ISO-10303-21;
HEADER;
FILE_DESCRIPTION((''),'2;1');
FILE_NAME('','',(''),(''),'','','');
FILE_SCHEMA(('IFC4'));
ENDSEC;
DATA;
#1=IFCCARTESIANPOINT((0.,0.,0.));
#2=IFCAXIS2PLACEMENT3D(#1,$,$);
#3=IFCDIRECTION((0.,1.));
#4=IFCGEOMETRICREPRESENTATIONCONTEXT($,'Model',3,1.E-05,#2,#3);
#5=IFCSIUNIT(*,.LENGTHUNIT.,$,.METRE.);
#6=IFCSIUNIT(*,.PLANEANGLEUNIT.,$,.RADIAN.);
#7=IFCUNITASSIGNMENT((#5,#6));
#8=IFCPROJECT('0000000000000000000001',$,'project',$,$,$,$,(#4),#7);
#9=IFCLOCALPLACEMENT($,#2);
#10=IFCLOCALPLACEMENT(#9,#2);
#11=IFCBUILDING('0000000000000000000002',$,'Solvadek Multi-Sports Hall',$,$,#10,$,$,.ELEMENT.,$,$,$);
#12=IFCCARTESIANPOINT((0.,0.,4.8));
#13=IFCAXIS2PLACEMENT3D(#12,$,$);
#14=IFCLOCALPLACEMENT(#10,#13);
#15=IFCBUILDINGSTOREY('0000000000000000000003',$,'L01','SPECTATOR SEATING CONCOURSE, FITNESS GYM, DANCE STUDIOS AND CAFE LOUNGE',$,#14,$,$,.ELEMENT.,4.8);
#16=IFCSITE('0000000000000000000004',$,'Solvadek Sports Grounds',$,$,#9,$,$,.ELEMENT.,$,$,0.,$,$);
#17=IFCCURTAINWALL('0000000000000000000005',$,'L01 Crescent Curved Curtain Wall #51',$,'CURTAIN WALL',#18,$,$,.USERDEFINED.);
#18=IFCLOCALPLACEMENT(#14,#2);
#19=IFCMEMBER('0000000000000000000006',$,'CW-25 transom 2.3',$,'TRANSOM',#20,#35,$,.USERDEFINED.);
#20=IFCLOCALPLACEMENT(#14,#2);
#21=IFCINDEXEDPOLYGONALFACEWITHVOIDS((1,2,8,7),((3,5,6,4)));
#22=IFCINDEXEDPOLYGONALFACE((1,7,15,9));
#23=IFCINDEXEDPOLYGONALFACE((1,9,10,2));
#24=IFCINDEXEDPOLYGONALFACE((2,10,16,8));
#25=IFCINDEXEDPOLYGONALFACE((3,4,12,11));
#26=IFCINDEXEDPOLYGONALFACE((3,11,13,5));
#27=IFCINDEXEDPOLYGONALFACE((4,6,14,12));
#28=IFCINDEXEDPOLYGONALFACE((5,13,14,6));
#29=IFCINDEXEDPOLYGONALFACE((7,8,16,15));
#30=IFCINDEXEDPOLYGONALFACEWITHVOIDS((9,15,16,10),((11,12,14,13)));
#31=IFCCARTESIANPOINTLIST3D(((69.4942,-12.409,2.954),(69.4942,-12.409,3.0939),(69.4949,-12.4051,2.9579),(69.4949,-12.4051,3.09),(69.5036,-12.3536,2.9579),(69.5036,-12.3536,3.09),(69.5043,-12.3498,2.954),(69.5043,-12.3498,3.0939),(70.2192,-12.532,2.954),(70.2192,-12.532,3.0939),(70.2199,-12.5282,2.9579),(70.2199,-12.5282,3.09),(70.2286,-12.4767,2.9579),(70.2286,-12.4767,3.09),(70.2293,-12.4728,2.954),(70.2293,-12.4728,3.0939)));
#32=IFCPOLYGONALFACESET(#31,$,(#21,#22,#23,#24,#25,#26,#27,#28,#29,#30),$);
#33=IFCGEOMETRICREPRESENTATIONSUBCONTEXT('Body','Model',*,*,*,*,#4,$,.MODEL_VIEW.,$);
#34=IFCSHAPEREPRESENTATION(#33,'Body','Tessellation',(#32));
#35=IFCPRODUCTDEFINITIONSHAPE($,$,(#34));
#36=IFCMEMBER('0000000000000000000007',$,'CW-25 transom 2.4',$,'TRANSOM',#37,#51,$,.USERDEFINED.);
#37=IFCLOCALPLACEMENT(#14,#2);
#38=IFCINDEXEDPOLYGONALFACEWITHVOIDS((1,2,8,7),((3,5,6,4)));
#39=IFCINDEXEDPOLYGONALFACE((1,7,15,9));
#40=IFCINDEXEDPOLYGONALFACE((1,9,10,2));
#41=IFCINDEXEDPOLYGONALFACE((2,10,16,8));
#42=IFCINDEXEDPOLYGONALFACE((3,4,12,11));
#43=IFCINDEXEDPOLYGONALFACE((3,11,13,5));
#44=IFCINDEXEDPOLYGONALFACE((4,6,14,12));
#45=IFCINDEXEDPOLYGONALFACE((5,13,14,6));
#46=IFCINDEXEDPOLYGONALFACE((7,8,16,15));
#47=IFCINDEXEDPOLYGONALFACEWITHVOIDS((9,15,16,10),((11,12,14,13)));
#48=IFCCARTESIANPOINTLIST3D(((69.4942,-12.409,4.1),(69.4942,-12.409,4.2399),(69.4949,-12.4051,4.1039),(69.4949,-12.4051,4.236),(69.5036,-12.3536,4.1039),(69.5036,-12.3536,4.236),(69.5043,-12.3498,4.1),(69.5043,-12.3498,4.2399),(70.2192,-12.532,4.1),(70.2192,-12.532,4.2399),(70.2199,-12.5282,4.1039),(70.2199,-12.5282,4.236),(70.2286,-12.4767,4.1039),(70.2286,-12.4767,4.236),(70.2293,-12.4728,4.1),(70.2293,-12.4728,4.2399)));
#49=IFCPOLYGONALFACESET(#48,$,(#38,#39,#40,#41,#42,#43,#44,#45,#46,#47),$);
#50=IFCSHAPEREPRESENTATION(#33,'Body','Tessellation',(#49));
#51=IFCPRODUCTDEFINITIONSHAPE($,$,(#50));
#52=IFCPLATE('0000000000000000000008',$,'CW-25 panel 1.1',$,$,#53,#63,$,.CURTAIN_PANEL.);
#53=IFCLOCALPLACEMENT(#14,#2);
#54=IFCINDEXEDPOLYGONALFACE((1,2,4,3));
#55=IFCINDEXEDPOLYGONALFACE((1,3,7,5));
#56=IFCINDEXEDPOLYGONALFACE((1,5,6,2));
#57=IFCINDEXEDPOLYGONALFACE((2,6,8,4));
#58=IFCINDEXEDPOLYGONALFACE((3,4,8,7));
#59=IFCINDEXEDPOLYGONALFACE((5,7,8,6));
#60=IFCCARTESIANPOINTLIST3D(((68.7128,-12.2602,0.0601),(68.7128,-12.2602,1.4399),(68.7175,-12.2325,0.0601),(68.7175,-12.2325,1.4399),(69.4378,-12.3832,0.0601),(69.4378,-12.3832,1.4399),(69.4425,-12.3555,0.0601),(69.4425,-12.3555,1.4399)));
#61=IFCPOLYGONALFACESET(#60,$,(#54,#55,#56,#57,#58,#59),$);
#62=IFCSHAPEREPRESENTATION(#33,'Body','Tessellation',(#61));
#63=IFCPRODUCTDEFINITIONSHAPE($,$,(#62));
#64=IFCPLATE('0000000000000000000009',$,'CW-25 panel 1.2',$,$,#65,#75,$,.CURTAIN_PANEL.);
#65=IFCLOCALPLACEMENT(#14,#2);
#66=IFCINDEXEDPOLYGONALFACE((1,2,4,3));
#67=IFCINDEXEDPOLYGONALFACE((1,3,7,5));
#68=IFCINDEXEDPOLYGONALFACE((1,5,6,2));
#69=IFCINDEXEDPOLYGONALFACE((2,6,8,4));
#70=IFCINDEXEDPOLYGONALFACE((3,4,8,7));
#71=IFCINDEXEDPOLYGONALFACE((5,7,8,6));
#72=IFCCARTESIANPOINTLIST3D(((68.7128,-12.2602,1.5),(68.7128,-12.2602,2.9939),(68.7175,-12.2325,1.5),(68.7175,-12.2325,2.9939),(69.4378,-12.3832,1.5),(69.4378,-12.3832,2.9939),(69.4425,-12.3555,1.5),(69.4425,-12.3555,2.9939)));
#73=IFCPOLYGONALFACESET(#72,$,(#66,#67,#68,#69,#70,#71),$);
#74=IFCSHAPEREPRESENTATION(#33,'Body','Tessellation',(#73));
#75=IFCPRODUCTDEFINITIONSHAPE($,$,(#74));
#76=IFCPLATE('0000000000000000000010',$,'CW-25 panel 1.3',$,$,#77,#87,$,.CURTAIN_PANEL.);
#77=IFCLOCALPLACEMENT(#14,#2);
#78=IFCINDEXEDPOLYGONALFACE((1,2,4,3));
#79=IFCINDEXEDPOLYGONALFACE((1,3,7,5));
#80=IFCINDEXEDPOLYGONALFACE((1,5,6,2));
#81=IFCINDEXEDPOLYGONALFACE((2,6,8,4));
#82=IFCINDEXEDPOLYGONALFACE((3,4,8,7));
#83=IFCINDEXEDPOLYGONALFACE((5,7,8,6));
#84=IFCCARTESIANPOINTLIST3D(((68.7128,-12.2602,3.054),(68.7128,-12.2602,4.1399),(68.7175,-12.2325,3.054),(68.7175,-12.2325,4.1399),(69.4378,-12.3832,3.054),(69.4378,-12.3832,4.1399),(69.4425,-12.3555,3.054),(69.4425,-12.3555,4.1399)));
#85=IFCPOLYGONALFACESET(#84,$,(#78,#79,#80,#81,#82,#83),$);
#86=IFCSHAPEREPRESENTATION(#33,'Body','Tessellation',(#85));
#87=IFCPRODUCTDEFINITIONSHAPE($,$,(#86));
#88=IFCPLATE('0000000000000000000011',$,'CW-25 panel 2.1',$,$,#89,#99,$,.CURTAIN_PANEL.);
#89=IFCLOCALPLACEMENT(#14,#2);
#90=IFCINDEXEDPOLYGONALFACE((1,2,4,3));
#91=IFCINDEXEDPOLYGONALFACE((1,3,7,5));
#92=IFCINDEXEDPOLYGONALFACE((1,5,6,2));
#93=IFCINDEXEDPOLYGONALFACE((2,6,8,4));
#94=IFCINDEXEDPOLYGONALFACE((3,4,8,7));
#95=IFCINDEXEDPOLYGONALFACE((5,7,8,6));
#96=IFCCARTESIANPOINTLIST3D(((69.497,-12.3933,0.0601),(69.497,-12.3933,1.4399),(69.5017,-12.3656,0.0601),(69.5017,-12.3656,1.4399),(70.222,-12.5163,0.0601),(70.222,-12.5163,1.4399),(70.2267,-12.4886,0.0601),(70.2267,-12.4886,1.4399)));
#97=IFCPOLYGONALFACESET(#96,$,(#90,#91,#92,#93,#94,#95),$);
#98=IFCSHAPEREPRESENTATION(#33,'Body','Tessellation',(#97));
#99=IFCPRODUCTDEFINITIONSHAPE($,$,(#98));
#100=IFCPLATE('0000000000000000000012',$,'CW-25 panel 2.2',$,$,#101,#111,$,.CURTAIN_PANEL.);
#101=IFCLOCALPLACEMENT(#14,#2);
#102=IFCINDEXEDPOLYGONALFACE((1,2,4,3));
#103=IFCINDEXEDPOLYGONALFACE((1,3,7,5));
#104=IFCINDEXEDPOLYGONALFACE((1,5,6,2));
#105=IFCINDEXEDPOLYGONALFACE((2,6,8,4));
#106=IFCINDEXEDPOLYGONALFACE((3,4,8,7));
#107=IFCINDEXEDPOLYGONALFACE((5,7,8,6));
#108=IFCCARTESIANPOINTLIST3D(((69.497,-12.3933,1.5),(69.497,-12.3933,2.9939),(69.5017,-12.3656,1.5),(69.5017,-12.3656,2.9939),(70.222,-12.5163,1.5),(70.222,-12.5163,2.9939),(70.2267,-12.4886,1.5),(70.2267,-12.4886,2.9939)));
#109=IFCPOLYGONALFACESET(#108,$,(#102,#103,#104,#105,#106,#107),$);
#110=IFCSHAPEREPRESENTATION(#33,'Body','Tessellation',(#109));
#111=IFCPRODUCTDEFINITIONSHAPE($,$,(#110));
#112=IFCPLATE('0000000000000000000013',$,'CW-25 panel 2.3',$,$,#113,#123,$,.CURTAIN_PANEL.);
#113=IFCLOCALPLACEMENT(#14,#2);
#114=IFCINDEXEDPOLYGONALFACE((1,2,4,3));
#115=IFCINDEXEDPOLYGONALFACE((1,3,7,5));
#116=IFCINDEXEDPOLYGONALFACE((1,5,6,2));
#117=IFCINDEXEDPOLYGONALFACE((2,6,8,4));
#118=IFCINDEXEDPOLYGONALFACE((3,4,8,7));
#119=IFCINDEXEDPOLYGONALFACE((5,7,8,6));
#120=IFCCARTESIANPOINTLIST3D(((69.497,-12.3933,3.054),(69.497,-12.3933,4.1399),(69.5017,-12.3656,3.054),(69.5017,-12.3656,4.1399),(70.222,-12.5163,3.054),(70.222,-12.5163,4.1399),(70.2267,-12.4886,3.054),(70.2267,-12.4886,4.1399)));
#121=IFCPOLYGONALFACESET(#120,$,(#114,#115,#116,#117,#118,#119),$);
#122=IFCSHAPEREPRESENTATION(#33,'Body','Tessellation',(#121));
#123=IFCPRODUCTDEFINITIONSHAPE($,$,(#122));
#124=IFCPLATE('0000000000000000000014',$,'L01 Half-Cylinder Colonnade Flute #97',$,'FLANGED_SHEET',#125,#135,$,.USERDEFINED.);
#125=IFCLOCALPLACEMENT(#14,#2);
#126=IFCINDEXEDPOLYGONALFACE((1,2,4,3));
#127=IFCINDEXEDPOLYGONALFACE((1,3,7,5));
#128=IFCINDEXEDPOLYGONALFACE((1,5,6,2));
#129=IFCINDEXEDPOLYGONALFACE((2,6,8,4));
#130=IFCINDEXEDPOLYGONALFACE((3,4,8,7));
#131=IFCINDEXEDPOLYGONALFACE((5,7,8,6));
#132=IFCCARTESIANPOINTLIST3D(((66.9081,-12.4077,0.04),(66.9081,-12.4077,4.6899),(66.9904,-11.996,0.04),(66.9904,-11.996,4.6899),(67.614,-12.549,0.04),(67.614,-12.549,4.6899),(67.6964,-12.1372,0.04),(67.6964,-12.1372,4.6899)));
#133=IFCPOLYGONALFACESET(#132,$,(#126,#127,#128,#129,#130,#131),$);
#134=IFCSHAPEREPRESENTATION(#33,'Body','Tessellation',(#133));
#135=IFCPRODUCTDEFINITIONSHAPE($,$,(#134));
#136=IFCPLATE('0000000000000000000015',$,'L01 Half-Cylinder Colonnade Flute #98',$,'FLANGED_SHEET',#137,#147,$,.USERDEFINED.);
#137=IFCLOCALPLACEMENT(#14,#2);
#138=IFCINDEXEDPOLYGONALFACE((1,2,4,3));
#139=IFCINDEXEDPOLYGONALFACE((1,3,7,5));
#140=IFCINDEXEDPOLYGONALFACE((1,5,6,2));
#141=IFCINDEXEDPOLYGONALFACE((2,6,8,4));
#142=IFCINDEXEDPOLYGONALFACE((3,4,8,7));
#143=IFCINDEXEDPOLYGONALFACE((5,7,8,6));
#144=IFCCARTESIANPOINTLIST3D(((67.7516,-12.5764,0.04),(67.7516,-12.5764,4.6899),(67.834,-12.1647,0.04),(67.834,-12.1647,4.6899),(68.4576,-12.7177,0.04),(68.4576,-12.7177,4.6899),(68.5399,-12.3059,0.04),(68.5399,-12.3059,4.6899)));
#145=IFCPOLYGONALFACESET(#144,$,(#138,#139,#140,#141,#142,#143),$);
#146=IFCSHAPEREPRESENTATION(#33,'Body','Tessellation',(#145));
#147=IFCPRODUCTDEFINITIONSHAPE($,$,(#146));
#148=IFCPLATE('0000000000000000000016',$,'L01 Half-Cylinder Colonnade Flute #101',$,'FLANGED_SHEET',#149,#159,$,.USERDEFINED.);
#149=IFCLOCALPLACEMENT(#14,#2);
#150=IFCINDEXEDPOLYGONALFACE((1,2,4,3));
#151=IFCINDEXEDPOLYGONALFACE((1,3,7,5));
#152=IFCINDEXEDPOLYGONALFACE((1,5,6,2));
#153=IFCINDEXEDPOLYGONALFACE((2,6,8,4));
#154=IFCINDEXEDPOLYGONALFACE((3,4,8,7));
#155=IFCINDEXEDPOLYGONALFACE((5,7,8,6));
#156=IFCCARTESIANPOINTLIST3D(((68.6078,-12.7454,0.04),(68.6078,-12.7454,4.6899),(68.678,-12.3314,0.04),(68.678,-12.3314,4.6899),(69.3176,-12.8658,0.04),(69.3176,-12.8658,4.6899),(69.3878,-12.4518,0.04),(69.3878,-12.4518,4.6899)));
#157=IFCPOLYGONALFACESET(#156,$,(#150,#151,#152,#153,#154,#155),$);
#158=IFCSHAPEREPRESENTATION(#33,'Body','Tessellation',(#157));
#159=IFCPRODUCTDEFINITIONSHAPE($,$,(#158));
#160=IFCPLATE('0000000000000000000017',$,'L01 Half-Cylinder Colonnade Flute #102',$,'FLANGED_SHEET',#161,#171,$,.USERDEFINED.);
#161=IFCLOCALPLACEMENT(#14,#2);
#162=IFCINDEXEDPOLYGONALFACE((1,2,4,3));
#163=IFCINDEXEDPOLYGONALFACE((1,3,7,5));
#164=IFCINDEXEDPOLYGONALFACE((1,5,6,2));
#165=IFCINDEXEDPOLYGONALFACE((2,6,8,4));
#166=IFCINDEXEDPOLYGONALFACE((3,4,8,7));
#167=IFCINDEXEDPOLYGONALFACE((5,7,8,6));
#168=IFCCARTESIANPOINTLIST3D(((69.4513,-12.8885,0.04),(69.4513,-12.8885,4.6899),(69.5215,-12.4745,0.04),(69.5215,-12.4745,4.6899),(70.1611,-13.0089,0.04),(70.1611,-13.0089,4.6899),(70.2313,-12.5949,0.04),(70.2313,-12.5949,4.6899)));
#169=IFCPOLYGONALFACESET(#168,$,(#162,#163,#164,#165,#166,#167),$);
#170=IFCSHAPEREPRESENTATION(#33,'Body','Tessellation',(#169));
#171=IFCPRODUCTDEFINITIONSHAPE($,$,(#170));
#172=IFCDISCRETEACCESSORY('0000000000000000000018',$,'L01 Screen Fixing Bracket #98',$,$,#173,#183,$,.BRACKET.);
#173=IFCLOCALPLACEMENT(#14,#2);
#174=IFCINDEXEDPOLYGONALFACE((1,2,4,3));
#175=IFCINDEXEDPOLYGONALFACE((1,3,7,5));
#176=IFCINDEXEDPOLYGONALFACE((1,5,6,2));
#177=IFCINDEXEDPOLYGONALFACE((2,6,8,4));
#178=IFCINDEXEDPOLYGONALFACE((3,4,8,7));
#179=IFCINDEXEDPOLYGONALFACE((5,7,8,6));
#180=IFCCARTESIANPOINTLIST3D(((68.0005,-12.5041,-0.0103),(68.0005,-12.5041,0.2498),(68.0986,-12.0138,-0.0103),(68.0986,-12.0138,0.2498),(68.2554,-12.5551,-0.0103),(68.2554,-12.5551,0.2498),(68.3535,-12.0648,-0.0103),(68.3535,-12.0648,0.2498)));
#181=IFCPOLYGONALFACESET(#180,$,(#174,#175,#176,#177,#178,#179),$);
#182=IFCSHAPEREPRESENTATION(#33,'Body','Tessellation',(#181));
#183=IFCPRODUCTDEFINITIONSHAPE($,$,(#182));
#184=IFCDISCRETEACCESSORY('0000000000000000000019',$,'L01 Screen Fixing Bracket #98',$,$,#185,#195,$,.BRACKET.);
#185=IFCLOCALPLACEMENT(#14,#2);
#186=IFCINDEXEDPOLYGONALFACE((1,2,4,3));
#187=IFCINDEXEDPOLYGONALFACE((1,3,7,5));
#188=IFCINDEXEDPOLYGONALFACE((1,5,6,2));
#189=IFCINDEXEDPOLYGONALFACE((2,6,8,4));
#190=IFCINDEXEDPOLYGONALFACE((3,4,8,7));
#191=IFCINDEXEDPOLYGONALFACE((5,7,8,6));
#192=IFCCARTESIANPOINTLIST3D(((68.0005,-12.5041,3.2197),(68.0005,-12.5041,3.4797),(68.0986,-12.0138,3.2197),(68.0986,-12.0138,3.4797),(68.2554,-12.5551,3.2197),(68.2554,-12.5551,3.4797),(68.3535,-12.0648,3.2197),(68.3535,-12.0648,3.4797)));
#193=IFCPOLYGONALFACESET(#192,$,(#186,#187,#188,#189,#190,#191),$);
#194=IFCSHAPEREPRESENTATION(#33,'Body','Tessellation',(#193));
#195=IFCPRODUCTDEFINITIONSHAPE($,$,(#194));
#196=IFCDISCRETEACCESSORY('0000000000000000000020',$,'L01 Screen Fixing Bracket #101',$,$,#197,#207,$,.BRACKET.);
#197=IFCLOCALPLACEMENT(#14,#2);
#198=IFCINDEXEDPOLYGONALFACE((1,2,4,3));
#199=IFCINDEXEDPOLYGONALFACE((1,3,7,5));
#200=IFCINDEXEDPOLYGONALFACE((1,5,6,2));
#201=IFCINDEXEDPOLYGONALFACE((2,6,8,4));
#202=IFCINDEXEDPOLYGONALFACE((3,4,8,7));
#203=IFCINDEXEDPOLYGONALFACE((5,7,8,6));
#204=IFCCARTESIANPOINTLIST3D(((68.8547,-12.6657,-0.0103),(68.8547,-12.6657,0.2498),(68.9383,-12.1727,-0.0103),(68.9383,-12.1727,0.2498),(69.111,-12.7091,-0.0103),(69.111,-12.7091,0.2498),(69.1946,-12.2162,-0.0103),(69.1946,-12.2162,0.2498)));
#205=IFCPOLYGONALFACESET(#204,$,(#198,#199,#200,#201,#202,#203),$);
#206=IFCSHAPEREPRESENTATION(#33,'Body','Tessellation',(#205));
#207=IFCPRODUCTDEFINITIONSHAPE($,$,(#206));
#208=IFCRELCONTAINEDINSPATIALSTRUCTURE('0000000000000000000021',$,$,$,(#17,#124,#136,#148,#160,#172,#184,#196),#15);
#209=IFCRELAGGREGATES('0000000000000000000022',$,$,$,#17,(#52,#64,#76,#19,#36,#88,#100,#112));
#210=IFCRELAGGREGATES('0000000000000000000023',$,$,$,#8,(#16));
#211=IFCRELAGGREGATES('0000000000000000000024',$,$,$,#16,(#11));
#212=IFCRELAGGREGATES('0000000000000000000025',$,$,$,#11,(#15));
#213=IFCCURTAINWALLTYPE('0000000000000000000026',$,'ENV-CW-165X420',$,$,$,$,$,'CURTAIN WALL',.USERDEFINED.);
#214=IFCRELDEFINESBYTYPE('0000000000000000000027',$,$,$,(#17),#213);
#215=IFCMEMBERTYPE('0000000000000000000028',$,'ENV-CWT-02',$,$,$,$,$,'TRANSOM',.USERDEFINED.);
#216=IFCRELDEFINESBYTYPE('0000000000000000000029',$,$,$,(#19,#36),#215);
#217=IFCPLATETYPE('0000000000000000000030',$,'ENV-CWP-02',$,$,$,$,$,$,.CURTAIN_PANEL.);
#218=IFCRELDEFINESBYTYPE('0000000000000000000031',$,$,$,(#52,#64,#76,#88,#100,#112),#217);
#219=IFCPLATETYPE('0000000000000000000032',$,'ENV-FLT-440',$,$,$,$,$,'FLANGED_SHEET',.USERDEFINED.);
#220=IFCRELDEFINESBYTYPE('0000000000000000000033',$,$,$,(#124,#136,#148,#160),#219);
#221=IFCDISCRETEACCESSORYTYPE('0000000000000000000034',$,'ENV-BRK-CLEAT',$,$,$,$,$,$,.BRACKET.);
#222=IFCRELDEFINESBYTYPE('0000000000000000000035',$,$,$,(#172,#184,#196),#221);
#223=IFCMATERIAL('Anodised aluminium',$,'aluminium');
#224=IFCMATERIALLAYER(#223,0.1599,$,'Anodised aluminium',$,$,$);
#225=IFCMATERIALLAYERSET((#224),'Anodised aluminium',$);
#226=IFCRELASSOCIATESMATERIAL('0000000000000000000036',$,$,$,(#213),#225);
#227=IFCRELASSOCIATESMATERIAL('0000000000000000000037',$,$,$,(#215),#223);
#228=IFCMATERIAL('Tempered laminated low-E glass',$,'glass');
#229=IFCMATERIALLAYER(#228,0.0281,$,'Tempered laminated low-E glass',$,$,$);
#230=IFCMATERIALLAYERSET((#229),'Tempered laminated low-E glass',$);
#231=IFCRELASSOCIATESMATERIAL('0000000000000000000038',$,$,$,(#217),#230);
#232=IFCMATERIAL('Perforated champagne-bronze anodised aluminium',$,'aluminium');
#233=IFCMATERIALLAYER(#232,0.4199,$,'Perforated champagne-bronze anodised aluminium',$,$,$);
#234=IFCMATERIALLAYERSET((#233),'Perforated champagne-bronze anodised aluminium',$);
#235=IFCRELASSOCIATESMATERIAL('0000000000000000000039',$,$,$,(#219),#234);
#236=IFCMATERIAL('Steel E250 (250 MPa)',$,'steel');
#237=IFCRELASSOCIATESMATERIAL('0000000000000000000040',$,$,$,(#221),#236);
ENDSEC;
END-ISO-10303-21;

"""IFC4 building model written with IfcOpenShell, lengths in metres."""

from ifc_helpers import new_model, si_unit, direction, frame, origin, origin_2d, place, context, subcontext, project, spatial, rectangle, hollow_rectangle, extrude, material, layer, layer_set, material_profile, profile_set, type_object, element, aggregate, save


model = new_model("IFC4")

# Units and contexts
model_context = context("Model", 3, precision=1e-05, world=origin(), true_north=direction((0.0, 1.0)))
body_context = subcontext(model_context, "Body", "Model", "MODEL_VIEW")
ifc_project = project(units=[si_unit("LENGTHUNIT", "METRE"), si_unit("PLANEANGLEUNIT", "RADIAN")], contexts=[model_context])

# Site, building, storey
site_placement = place(None, origin())
site = spatial("IfcSite", under=ifc_project, at=site_placement, Name="Solvadek Sports Grounds", CompositionType="ELEMENT", RefElevation=0.0)
building_placement = place(site_placement, origin())
building = spatial("IfcBuilding", under=site, at=building_placement, Name="Solvadek Multi-Sports Hall", CompositionType="ELEMENT")
storey_placement = place(building_placement, frame((0.0, 0.0, 4.8)))
storey = spatial("IfcBuildingStorey", under=building, at=storey_placement, Name="L01", Description="SPECTATOR SEATING CONCOURSE, FITNESS GYM, DANCE STUDIOS AND CAFE LOUNGE", CompositionType="ELEMENT", Elevation=4.8)

# Curtain wall
ifc_material_1 = material(Name="Anodised aluminium", Category="aluminium")
ifc_layer_1 = layer(ifc_material_1, 0.1599, Name="Anodised aluminium")
ifc_layer_set_1 = layer_set([ifc_layer_1], Name="Anodised aluminium")
curtain_wall_type_1 = type_object("IfcCurtainWallType", Name="ENV-CW-165X420", ElementType="CURTAIN WALL", PredefinedType="USERDEFINED", material=ifc_layer_set_1)
curtain_wall_1_placement = place(storey_placement, origin())
curtain_wall_1 = element("IfcCurtainWall", 1, at=curtain_wall_1_placement, inside=storey, type_object=curtain_wall_type_1, Name="L01 Crescent Curved Curtain Wall #51", ObjectType="CURTAIN WALL", PredefinedType="USERDEFINED")

# Members
ifc_material_profile_1 = material_profile(ifc_material_1, hollow_rectangle(XDim=0.0601, YDim=0.1399, WallThickness=0.0039, at=origin_2d()), Name="ALU-T 140x60x4")
ifc_profile_set_1 = profile_set([ifc_material_profile_1], Name="Anodised aluminium")
member_type_1 = type_object("IfcMemberType", Name="ENV-CWT-02", ElementType="TRANSOM", PredefinedType="USERDEFINED", material=ifc_profile_set_1)
member_1_placement = place(storey_placement, frame((69.4993, -12.3794, 3.0239), z_axis=(0.985905, -0.167305, 0.0), x_axis=(0.167305, 0.985905, 0.0)))
member_1 = element("IfcMember", 2, at=member_1_placement, type_object=member_type_1, Name="CW-25 transom 2.3", ObjectType="TRANSOM", PredefinedType="USERDEFINED", context=body_context, shape_type="SweptSolid", body=[
    extrude(hollow_rectangle(XDim=0.0601, YDim=0.1399, WallThickness=0.0039, at=origin_2d()), origin(), (0.0, 0.0, 1.0), 0.7354),
])
member_2_placement = place(storey_placement, frame((69.4993, -12.3794, 4.1699), z_axis=(0.985905, -0.167305, 0.0), x_axis=(0.167305, 0.985905, 0.0)))
member_2 = element("IfcMember", 3, at=member_2_placement, type_object=member_type_1, Name="CW-25 transom 2.4", ObjectType="TRANSOM", PredefinedType="USERDEFINED", context=body_context, shape_type="SweptSolid", body=[
    extrude(hollow_rectangle(XDim=0.0601, YDim=0.1399, WallThickness=0.0039, at=origin_2d()), origin(), (0.0, 0.0, 1.0), 0.7354),
])

# Plates
ifc_material_2 = material(Name="Tempered laminated low-E glass", Category="glass")
ifc_layer_2 = layer(ifc_material_2, 0.0281, Name="Tempered laminated low-E glass")
ifc_layer_set_2 = layer_set([ifc_layer_2], Name="Tempered laminated low-E glass")
plate_type_1 = type_object("IfcPlateType", Name="ENV-CWP-02", PredefinedType="CURTAIN_PANEL", material=ifc_layer_set_2)
plate_1_placement = place(storey_placement, frame((69.0776, -12.3079, 0.0601), z_axis=(0.0, 0.0, 1.0), x_axis=(0.985915, -0.167247, 0.0)))
plate_1 = element("IfcPlate", 4, at=plate_1_placement, type_object=plate_type_1, Name="CW-25 panel 1.1", PredefinedType="CURTAIN_PANEL", context=body_context, shape_type="SweptSolid", body=[
    extrude(rectangle(XDim=0.7354, YDim=0.0281, at=origin_2d()), origin(), (0.0, 0.0, 1.0), 1.3799),
])
plate_2_placement = place(storey_placement, frame((69.0776, -12.3079, 1.5), z_axis=(0.0, 0.0, 1.0), x_axis=(0.985915, -0.167247, 0.0)))
plate_2 = element("IfcPlate", 5, at=plate_2_placement, type_object=plate_type_1, Name="CW-25 panel 1.2", PredefinedType="CURTAIN_PANEL", context=body_context, shape_type="SweptSolid", body=[
    extrude(rectangle(XDim=0.7354, YDim=0.0281, at=origin_2d()), origin(), (0.0, 0.0, 1.0), 1.4939),
])
plate_3_placement = place(storey_placement, frame((69.0776, -12.3079, 3.054), z_axis=(0.0, 0.0, 1.0), x_axis=(0.985915, -0.167247, 0.0)))
plate_3 = element("IfcPlate", 6, at=plate_3_placement, type_object=plate_type_1, Name="CW-25 panel 1.3", PredefinedType="CURTAIN_PANEL", context=body_context, shape_type="SweptSolid", body=[
    extrude(rectangle(XDim=0.7354, YDim=0.0281, at=origin_2d()), origin(), (0.0, 0.0, 1.0), 1.0859),
])
plate_4_placement = place(storey_placement, frame((69.8618, -12.4409, 0.0601), z_axis=(0.0, 0.0, 1.0), x_axis=(0.985915, -0.167247, 0.0)))
plate_4 = element("IfcPlate", 7, at=plate_4_placement, type_object=plate_type_1, Name="CW-25 panel 2.1", PredefinedType="CURTAIN_PANEL", context=body_context, shape_type="SweptSolid", body=[
    extrude(rectangle(XDim=0.7354, YDim=0.0281, at=origin_2d()), origin(), (0.0, 0.0, 1.0), 1.3799),
])
plate_5_placement = place(storey_placement, frame((69.8618, -12.4409, 1.5), z_axis=(0.0, 0.0, 1.0), x_axis=(0.985915, -0.167247, 0.0)))
plate_5 = element("IfcPlate", 8, at=plate_5_placement, type_object=plate_type_1, Name="CW-25 panel 2.2", PredefinedType="CURTAIN_PANEL", context=body_context, shape_type="SweptSolid", body=[
    extrude(rectangle(XDim=0.7354, YDim=0.0281, at=origin_2d()), origin(), (0.0, 0.0, 1.0), 1.4939),
])
plate_6_placement = place(storey_placement, frame((69.8618, -12.4409, 3.054), z_axis=(0.0, 0.0, 1.0), x_axis=(0.985915, -0.167247, 0.0)))
plate_6 = element("IfcPlate", 9, at=plate_6_placement, type_object=plate_type_1, Name="CW-25 panel 2.3", PredefinedType="CURTAIN_PANEL", context=body_context, shape_type="SweptSolid", body=[
    extrude(rectangle(XDim=0.7354, YDim=0.0281, at=origin_2d()), origin(), (0.0, 0.0, 1.0), 1.0859),
])
aggregate(curtain_wall_1, [plate_1, plate_2, plate_3, member_1, member_2, plate_4, plate_5, plate_6])

# Plates
ifc_material_3 = material(Name="Perforated champagne-bronze anodised aluminium", Category="aluminium")
ifc_layer_3 = layer(ifc_material_3, 0.4199, Name="Perforated champagne-bronze anodised aluminium")
ifc_layer_set_3 = layer_set([ifc_layer_3], Name="Perforated champagne-bronze anodised aluminium")
plate_type_2 = type_object("IfcPlateType", Name="ENV-FLT-440", ElementType="FLANGED_SHEET", PredefinedType="USERDEFINED", material=ifc_layer_set_3)
for number, where, z_axis, x_axis, name in (
    (10, (67.3022, -12.2725, 0.04), (0.0, 0.0, 1.0), (0.980567, -0.196183, 0.0), "L01 Half-Cylinder Colonnade Flute #97"),
    (11, (68.1458, -12.4412, 0.04), (0.0, 0.0, 1.0), (0.980567, -0.196183, 0.0), "L01 Half-Cylinder Colonnade Flute #98"),
    (12, (68.9978, -12.5986, 0.04), (0.0, 0.0, 1.0), (0.985919, -0.167223, 0.0), "L01 Half-Cylinder Colonnade Flute #101"),
    (13, (69.8413, -12.7417, 0.04), (0.0, 0.0, 1.0), (0.985919, -0.167223, 0.0), "L01 Half-Cylinder Colonnade Flute #102"),
):
    element("IfcPlate", number, at=place(storey_placement, frame(where, z_axis=z_axis, x_axis=x_axis)), inside=storey, type_object=plate_type_2, Name=name, ObjectType="FLANGED_SHEET", PredefinedType="USERDEFINED", context=body_context, shape_type="SweptSolid", body=[
        extrude(rectangle(XDim=0.72, YDim=0.4199, at=origin_2d()), origin(), (0.0, 0.0, 1.0), 4.6499),
    ])

# Discrete accessories
ifc_material_4 = material(Name="Steel E250 (250 MPa)", Category="steel")
discrete_accessory_type = type_object("IfcDiscreteAccessoryType", Name="ENV-BRK-CLEAT", PredefinedType="BRACKET", material=ifc_material_4)
for number, where, z_axis, x_axis, name in (
    (14, (68.177, -12.2844, -0.0103), (0.0, 0.0, 1.0), (0.980567, -0.196183, 0.0), "L01 Screen Fixing Bracket #98"),
    (15, (68.177, -12.2844, 3.2197), (0.0, 0.0, 1.0), (0.980567, -0.196183, 0.0), "L01 Screen Fixing Bracket #98"),
    (16, (69.0247, -12.4409, -0.0103), (0.0, 0.0, 1.0), (0.985919, -0.167223, 0.0), "L01 Screen Fixing Bracket #101"),
):
    element("IfcDiscreteAccessory", number, at=place(storey_placement, frame(where, z_axis=z_axis, x_axis=x_axis)), inside=storey, type_object=discrete_accessory_type, Name=name, PredefinedType="BRACKET", context=body_context, shape_type="SweptSolid", body=[
        extrude(rectangle(XDim=0.26, YDim=0.5, at=origin_2d()), origin(), (0.0, 0.0, 1.0), 0.26),
    ])

save(model, "model.ifc")
